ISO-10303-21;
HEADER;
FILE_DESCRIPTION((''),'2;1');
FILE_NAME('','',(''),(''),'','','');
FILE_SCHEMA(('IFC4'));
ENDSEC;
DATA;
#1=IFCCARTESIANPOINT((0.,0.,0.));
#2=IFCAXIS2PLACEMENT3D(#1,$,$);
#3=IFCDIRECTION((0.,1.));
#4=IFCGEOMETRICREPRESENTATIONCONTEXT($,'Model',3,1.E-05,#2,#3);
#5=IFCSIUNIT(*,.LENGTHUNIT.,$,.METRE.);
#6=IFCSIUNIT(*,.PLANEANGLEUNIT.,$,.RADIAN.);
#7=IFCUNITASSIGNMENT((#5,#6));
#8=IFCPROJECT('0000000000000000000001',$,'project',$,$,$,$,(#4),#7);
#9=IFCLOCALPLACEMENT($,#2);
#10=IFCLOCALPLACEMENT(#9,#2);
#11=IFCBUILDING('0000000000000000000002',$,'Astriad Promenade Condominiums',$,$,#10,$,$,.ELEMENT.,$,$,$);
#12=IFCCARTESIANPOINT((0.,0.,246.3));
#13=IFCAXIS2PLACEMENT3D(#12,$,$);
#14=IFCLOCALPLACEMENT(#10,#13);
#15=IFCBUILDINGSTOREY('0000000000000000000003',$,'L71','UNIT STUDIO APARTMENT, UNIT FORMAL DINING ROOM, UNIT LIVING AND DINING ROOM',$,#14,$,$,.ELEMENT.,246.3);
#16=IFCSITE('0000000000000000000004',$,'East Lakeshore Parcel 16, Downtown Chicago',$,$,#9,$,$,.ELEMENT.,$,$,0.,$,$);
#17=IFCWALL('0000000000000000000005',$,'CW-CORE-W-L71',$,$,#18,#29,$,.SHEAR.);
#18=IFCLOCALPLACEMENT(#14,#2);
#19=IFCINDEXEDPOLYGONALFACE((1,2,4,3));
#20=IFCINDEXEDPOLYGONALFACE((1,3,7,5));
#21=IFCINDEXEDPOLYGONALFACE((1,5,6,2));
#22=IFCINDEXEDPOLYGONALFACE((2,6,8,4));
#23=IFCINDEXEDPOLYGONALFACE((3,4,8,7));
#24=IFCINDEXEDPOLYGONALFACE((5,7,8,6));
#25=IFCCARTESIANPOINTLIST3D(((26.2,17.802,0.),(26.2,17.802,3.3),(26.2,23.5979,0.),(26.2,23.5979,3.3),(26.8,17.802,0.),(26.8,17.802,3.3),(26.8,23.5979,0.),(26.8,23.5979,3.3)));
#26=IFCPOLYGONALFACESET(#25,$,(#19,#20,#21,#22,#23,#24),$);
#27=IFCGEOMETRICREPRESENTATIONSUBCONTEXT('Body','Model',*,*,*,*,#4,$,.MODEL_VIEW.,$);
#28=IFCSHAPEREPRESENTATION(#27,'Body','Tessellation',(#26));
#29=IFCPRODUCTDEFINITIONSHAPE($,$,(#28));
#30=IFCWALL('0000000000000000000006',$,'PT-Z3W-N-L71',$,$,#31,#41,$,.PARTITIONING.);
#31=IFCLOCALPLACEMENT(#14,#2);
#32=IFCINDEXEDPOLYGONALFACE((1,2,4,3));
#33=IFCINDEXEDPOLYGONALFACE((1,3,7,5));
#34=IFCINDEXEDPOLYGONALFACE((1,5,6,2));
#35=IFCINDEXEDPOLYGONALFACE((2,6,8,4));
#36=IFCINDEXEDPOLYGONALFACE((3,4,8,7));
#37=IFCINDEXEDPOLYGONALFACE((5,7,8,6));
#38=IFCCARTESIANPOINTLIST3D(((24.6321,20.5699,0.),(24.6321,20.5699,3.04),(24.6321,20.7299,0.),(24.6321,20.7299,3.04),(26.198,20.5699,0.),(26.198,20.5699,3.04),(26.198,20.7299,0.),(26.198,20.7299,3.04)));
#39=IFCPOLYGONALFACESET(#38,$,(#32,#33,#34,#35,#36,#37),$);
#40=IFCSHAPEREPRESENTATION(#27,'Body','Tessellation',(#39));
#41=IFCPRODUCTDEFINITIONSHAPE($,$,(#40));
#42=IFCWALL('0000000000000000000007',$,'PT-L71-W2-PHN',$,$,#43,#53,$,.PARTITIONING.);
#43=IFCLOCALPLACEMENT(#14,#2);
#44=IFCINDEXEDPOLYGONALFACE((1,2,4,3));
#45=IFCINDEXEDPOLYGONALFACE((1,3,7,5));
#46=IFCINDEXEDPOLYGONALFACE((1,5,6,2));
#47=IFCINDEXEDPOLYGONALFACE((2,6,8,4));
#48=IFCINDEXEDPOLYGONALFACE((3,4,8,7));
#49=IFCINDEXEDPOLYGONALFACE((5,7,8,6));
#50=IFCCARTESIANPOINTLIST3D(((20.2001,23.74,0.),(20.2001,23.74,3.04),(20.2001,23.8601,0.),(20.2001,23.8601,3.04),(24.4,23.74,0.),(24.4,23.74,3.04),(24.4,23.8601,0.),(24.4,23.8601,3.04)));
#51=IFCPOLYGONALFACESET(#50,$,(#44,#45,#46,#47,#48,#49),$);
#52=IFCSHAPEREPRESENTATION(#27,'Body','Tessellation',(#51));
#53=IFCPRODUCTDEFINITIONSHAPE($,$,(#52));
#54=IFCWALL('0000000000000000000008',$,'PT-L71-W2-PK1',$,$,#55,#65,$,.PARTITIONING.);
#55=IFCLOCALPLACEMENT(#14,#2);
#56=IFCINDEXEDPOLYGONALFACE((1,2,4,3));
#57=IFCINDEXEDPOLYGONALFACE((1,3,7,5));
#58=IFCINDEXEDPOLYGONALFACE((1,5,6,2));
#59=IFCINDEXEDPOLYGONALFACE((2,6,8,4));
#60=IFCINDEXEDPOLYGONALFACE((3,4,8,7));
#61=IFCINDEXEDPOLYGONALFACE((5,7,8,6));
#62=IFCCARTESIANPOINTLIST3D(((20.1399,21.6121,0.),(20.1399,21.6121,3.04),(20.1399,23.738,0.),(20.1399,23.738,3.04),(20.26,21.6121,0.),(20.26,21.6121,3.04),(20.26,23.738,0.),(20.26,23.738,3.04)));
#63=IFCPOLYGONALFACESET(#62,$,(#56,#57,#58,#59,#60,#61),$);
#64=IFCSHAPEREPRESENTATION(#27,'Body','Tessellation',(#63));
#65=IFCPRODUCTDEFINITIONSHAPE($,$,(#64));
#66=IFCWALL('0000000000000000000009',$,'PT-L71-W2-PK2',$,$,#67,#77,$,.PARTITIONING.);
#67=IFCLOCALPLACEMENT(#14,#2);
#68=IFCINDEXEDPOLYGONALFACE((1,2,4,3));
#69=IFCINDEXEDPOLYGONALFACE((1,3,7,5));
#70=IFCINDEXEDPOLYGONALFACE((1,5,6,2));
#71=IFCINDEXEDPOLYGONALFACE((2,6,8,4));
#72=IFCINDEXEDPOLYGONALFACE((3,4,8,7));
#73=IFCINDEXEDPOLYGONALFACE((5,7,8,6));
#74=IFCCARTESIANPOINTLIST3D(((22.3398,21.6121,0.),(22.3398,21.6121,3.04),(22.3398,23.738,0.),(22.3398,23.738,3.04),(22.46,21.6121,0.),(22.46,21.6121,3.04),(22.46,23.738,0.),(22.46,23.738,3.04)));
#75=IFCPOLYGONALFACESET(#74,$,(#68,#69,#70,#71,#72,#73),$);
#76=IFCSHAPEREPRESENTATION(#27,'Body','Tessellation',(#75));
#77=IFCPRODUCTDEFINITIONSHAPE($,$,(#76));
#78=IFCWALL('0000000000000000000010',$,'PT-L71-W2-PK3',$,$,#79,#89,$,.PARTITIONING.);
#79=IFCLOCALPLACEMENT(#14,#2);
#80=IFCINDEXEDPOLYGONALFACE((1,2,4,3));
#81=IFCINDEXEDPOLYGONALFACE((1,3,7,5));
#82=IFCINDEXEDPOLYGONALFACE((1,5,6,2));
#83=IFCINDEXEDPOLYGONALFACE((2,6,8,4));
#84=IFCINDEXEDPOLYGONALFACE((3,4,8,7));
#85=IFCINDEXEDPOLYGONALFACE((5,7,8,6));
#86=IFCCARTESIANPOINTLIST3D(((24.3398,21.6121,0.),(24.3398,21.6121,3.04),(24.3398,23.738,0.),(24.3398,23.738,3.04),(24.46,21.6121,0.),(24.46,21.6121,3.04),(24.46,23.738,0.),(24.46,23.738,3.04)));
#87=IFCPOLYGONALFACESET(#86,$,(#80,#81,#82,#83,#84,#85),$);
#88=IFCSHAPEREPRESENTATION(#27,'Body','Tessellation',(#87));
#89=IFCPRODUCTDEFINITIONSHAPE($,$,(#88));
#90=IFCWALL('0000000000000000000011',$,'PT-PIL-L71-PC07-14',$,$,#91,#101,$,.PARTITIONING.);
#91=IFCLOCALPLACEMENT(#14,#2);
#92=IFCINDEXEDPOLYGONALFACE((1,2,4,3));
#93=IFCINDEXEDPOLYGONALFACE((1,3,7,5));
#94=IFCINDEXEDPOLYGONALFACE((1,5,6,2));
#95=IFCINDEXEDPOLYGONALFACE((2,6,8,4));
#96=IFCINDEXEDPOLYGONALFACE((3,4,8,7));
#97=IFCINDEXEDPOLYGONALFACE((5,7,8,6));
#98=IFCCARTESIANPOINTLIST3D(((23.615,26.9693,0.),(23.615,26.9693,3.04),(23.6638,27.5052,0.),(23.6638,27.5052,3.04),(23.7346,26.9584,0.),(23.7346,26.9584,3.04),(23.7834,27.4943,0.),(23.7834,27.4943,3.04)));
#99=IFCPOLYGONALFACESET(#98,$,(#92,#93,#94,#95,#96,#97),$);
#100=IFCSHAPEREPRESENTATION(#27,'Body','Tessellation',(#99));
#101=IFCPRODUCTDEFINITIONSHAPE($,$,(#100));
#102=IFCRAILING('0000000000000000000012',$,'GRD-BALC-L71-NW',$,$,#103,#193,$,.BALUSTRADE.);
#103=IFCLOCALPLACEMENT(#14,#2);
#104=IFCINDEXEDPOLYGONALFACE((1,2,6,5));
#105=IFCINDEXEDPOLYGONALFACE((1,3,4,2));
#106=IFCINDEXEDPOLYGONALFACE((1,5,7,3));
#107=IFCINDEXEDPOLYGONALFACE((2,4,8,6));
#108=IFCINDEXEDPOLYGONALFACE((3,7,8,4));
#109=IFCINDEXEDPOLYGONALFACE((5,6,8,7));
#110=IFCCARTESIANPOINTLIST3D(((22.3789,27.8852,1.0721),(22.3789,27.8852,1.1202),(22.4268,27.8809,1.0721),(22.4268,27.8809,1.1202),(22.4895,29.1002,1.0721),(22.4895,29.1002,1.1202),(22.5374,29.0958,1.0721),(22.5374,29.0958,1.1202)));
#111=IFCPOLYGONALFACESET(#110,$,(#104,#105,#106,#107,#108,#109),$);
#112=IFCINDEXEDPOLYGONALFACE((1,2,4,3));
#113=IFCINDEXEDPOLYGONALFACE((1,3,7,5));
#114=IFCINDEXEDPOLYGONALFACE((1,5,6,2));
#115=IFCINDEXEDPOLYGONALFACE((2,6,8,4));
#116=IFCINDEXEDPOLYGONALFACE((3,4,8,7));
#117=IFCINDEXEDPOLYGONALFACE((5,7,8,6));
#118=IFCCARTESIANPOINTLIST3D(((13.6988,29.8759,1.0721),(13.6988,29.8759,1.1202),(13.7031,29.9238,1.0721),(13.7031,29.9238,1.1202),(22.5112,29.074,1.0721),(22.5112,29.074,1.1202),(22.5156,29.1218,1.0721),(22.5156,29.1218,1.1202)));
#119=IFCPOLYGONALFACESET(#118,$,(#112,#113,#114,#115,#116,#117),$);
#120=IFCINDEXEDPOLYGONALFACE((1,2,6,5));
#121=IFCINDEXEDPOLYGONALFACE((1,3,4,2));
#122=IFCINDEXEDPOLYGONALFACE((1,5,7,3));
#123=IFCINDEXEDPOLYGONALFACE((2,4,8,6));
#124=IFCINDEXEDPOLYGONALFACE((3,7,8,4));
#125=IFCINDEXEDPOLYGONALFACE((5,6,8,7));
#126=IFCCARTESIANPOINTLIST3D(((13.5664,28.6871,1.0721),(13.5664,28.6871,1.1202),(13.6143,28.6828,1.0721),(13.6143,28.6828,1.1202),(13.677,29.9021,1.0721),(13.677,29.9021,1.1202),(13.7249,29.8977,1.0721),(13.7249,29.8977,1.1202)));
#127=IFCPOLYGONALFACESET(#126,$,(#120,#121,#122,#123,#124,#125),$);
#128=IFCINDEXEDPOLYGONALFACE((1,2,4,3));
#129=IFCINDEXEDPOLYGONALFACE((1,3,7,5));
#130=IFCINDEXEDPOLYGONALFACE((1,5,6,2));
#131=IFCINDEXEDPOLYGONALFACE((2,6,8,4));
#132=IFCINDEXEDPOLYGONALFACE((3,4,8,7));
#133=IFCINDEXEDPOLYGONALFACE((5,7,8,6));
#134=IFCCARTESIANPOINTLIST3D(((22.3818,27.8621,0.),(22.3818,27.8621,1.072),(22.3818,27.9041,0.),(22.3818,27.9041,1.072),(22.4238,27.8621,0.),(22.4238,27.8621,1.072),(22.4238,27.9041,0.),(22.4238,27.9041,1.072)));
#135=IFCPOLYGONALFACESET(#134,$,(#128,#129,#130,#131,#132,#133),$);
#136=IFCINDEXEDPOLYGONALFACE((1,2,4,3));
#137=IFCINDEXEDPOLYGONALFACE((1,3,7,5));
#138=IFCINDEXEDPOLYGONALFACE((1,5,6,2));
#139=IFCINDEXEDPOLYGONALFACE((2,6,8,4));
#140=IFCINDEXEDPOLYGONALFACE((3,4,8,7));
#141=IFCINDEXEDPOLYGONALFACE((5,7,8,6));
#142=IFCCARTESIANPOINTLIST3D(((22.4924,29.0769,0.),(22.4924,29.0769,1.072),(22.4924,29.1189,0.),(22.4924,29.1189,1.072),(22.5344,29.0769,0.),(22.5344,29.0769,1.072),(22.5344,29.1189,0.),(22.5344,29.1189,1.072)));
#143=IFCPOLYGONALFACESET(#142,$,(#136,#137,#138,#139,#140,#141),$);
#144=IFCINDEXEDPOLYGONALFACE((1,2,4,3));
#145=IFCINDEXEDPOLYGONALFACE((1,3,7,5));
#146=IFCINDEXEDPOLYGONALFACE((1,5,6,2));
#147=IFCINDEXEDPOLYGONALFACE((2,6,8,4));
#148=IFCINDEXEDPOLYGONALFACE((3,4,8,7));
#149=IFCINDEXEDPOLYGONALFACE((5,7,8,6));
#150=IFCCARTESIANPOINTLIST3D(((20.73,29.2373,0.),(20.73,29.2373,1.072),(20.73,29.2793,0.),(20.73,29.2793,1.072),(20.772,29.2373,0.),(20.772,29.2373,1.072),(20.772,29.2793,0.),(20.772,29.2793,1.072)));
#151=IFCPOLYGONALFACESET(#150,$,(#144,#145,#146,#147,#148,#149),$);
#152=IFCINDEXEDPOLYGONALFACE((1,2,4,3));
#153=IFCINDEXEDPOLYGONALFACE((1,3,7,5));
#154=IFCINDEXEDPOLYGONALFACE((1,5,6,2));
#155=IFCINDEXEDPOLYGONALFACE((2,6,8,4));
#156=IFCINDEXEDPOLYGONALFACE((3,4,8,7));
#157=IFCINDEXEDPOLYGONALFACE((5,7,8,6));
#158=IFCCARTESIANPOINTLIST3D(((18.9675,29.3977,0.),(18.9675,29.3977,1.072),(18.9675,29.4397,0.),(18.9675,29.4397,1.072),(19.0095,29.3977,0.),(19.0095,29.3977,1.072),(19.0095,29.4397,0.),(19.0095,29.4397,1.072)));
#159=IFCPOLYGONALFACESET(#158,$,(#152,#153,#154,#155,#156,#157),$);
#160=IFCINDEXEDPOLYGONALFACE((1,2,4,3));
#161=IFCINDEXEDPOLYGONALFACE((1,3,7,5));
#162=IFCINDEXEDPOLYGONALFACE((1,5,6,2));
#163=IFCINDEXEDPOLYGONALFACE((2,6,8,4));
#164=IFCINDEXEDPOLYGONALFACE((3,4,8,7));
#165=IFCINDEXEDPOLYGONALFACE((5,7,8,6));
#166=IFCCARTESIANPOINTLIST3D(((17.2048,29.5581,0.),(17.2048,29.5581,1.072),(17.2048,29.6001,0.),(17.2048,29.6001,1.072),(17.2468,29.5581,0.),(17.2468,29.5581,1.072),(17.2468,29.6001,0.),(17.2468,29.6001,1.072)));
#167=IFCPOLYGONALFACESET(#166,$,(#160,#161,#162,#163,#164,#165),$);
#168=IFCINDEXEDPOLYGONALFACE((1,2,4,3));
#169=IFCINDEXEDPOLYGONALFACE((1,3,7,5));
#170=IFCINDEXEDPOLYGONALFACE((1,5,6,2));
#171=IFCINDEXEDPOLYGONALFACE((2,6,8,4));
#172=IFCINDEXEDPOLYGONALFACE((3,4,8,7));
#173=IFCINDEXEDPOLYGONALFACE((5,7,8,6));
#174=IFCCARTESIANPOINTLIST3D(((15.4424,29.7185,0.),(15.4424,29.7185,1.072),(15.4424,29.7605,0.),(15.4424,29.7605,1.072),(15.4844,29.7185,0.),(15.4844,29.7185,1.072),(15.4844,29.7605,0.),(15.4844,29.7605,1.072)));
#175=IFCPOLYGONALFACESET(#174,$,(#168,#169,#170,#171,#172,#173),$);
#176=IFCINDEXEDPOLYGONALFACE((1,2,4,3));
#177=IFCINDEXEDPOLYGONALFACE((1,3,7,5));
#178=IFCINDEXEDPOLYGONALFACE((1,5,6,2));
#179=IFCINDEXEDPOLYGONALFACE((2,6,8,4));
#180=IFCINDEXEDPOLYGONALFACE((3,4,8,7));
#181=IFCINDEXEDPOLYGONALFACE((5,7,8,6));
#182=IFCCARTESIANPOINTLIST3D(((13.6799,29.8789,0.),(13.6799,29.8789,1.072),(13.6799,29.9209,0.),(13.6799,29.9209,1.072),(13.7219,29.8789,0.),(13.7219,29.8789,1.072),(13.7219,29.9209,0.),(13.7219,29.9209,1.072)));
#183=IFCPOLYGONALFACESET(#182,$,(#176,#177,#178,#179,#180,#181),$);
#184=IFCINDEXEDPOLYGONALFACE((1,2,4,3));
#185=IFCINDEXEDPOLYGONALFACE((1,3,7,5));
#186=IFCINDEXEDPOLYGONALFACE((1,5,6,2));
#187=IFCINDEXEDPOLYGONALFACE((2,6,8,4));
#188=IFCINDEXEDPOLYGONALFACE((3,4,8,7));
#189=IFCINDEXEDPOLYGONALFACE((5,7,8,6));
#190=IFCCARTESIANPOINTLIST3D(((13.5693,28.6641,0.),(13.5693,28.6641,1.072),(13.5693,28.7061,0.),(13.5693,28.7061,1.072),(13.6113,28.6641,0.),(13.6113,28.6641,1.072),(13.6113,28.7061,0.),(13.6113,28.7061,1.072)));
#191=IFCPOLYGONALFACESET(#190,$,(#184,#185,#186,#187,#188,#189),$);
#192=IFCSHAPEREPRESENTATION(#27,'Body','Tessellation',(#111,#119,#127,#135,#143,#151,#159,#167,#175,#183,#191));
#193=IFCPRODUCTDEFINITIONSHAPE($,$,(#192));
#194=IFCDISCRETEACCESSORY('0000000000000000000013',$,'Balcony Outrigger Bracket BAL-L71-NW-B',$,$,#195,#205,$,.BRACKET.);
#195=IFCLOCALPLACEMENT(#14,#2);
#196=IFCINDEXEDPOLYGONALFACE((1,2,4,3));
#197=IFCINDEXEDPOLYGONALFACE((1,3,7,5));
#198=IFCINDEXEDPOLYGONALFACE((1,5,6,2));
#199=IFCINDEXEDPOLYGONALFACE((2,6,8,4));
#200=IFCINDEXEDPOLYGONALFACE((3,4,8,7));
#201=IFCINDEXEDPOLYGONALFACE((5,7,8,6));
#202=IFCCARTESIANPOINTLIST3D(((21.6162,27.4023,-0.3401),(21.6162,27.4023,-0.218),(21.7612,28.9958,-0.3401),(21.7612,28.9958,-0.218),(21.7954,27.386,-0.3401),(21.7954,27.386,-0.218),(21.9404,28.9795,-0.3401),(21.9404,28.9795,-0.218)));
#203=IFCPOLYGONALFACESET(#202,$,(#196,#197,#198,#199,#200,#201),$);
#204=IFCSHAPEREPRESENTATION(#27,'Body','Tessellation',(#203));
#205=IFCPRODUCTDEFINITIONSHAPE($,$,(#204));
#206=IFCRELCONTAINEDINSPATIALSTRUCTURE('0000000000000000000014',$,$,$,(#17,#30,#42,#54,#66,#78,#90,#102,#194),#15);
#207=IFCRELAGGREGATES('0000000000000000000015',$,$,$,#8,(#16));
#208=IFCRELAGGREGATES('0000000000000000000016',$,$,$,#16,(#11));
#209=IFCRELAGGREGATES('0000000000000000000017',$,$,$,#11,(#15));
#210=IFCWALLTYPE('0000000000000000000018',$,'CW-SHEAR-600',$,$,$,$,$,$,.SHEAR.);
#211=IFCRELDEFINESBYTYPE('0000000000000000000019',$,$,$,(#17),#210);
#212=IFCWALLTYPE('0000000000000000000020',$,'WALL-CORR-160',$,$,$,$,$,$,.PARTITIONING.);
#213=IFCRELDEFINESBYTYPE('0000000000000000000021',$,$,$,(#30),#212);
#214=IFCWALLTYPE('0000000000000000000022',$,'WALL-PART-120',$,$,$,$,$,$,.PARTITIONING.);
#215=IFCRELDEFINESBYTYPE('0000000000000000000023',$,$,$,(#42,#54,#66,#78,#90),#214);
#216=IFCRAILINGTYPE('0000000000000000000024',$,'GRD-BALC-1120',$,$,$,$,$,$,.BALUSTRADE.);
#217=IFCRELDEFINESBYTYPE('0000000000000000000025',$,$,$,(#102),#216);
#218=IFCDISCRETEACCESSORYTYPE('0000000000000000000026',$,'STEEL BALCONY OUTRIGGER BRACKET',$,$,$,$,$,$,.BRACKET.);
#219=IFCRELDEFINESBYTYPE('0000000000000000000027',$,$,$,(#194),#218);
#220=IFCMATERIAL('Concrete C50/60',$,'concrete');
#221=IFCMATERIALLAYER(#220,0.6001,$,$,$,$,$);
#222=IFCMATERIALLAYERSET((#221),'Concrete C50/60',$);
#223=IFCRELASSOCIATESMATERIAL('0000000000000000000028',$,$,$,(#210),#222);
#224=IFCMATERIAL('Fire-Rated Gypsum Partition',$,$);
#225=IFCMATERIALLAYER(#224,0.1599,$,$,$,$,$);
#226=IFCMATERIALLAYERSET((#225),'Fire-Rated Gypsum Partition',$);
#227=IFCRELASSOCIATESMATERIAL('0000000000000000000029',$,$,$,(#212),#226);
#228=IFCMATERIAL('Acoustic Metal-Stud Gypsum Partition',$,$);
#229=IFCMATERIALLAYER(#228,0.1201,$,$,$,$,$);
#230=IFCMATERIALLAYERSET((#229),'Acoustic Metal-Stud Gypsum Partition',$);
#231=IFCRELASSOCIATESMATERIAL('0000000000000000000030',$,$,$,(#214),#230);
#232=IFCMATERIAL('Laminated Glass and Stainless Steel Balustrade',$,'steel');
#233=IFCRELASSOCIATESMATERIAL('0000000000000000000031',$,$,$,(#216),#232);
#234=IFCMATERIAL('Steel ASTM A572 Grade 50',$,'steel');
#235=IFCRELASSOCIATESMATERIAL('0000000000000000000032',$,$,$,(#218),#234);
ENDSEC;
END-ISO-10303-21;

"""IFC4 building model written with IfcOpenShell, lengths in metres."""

from ifc_helpers import new_model, si_unit, direction, frame, frame_2d, origin, origin_2d, place, context, subcontext, project, spatial, rectangle, extrude, source, transform, mapped, material, layer, layer_set, type_object, type_shapes, element, save


model = new_model("IFC4")

# Units and contexts
model_context = context("Model", 3, precision=1e-05, world=origin(), true_north=direction((0.0, 1.0)))
body_context = subcontext(model_context, "Body", "Model", "MODEL_VIEW")
ifc_project = project(units=[si_unit("LENGTHUNIT", "METRE"), si_unit("PLANEANGLEUNIT", "RADIAN")], contexts=[model_context])

# Site, building, storey
site_placement = place(None, origin())
site = spatial("IfcSite", under=ifc_project, at=site_placement, Name="East Lakeshore Parcel 16, Downtown Chicago", CompositionType="ELEMENT", RefElevation=0.0)
building_placement = place(site_placement, origin())
building = spatial("IfcBuilding", under=site, at=building_placement, Name="Astriad Promenade Condominiums", CompositionType="ELEMENT")
storey_placement = place(building_placement, frame((0.0, 0.0, 246.3)))
storey = spatial("IfcBuildingStorey", under=building, at=storey_placement, Name="L71", Description="UNIT STUDIO APARTMENT, UNIT FORMAL DINING ROOM, UNIT LIVING AND DINING ROOM", CompositionType="ELEMENT", Elevation=246.3)

# Shared definitions
ifc_material_1 = material(Name="Concrete C50/60", Category="concrete")

# Shared definitions
ifc_layer_1 = layer(ifc_material_1, 0.6001)
ifc_layer_set_1 = layer_set([ifc_layer_1], Name="Concrete C50/60")
wall_type_1 = type_object("IfcWallType", Name="CW-SHEAR-600", PredefinedType="SHEAR", material=ifc_layer_set_1)

# Walls
wall_1_placement = place(storey_placement, frame((26.5, 17.802, 0.0), z_axis=(0.0, 0.0, 1.0), x_axis=(0.0, 1.0, 0.0)))
element("IfcWall", 1, at=wall_1_placement, inside=storey, type_object=wall_type_1, Name="CW-CORE-W-L71", PredefinedType="SHEAR", context=body_context, shape_type="SweptSolid", body=[
    extrude(rectangle(XDim=5.7959, YDim=0.6001, at=frame_2d((2.8979, 0.0))), origin(), (0.0, 0.0, 1.0), 3.3),
])
ifc_material_2 = material(Name="Fire-Rated Gypsum Partition")
ifc_layer_2 = layer(ifc_material_2, 0.1599)
ifc_layer_set_2 = layer_set([ifc_layer_2], Name="Fire-Rated Gypsum Partition")
wall_type_2 = type_object("IfcWallType", Name="WALL-CORR-160", PredefinedType="PARTITIONING", material=ifc_layer_set_2)
wall_2_placement = place(storey_placement, frame((24.6321, 20.6499, 0.0), z_axis=(0.0, 0.0, 1.0), x_axis=(1.0, 0.0, 0.0)))
element("IfcWall", 2, at=wall_2_placement, inside=storey, type_object=wall_type_2, Name="PT-Z3W-N-L71", PredefinedType="PARTITIONING", context=body_context, shape_type="SweptSolid", body=[
    extrude(rectangle(XDim=1.5659, YDim=0.1599, at=frame_2d((0.783, 0.0))), origin(), (0.0, 0.0, 1.0), 3.04),
])
ifc_material_3 = material(Name="Acoustic Metal-Stud Gypsum Partition")
ifc_layer_3 = layer(ifc_material_3, 0.1201)
ifc_layer_set_3 = layer_set([ifc_layer_3], Name="Acoustic Metal-Stud Gypsum Partition")
wall_type_3 = type_object("IfcWallType", Name="WALL-PART-120", PredefinedType="PARTITIONING", material=ifc_layer_set_3)
wall_3_placement = place(storey_placement, frame((20.2, 23.8, 0.0), z_axis=(0.0, 0.0, 1.0), x_axis=(1.0, 0.0, 0.0)))
element("IfcWall", 3, at=wall_3_placement, inside=storey, type_object=wall_type_3, Name="PT-L71-W2-PHN", PredefinedType="PARTITIONING", context=body_context, shape_type="SweptSolid", body=[
    extrude(rectangle(XDim=4.2, YDim=0.1201, at=frame_2d((2.1001, 0.0))), origin(), (0.0, 0.0, 1.0), 3.04),
])
for number, where, z_axis, x_axis, name in (
    (4, (20.2, 21.6121, 0.0), (0.0, 0.0, 1.0), (0.0, 1.0, 0.0), "PT-L71-W2-PK1"),
    (5, (22.3999, 21.6121, 0.0), (0.0, 0.0, 1.0), (0.0, 1.0, 0.0), "PT-L71-W2-PK2"),
    (6, (24.3999, 21.6121, 0.0), (0.0, 0.0, 1.0), (0.0, 1.0, 0.0), "PT-L71-W2-PK3"),
):
    element("IfcWall", number, at=place(storey_placement, frame(where, z_axis=z_axis, x_axis=x_axis)), inside=storey, type_object=wall_type_3, Name=name, PredefinedType="PARTITIONING", context=body_context, shape_type="SweptSolid", body=[
        extrude(rectangle(XDim=2.126, YDim=0.1201, at=frame_2d((1.063, 0.0))), origin(), (0.0, 0.0, 1.0), 3.04),
    ])
wall_4_placement = place(storey_placement, frame((23.6748, 26.9639, 0.0), z_axis=(0.0, 0.0, 1.0), x_axis=(0.09074, 0.995875, 0.0)))
element("IfcWall", 7, at=wall_4_placement, inside=storey, type_object=wall_type_3, Name="PT-PIL-L71-PC07-14", PredefinedType="PARTITIONING", context=body_context, shape_type="SweptSolid", body=[
    extrude(rectangle(XDim=0.5381, YDim=0.1201, at=frame_2d((0.269, 0.0))), origin(), (0.0, 0.0, 1.0), 3.04),
])

# Railing
ifc_material_4 = material(Name="Laminated Glass and Stainless Steel Balustrade", Category="steel")
railing_type = type_object("IfcRailingType", Name="GRD-BALC-1120", PredefinedType="BALUSTRADE", material=ifc_material_4)
shared_shape_1 = source(origin(), body_context, "Body", "SweptSolid", [
    extrude(rectangle(XDim=0.0481, YDim=0.0481, at=origin_2d()), frame((0.0, 0.0, 1.0962), z_axis=(0.090662, 0.995882, 0.0), x_axis=(-0.995882, 0.090662, 0.0)), (0.0, 0.0, 1.0), 1.22),
    extrude(rectangle(XDim=0.0481, YDim=0.0481, at=origin_2d()), frame((0.1106, 1.2148, 1.0962), z_axis=(-0.995884, 0.090633, 0.0), x_axis=(-0.090633, -0.995884, 0.0)), (0.0, 0.0, 1.0), 8.8489),
    extrude(rectangle(XDim=0.0481, YDim=0.0481, at=origin_2d()), frame((-8.7019, 2.0168, 1.0962), z_axis=(-0.090662, -0.995882, 0.0), x_axis=(0.995882, -0.090662, 0.0)), (0.0, 0.0, 1.0), 1.22),
    extrude(rectangle(XDim=0.042, YDim=0.042, at=origin_2d()), origin(), (0.0, 0.0, 1.0), 1.072),
    extrude(rectangle(XDim=0.042, YDim=0.042, at=origin_2d()), frame((0.1106, 1.2148, 0.0)), (0.0, 0.0, 1.0), 1.072),
    extrude(rectangle(XDim=0.042, YDim=0.042, at=origin_2d()), frame((-1.6519, 1.3752, 0.0)), (0.0, 0.0, 1.0), 1.072),
    extrude(rectangle(XDim=0.042, YDim=0.042, at=origin_2d()), frame((-3.4143, 1.5356, 0.0)), (0.0, 0.0, 1.0), 1.072),
    extrude(rectangle(XDim=0.042, YDim=0.042, at=origin_2d()), frame((-5.177, 1.696, 0.0)), (0.0, 0.0, 1.0), 1.072),
    extrude(rectangle(XDim=0.042, YDim=0.042, at=origin_2d()), frame((-6.9395, 1.8564, 0.0)), (0.0, 0.0, 1.0), 1.072),
    extrude(rectangle(XDim=0.042, YDim=0.042, at=origin_2d()), frame((-8.7019, 2.0168, 0.0)), (0.0, 0.0, 1.0), 1.072),
    extrude(rectangle(XDim=0.042, YDim=0.042, at=origin_2d()), frame((-8.8125, 0.802, 0.0)), (0.0, 0.0, 1.0), 1.072),
])
type_shapes(railing_type, [shared_shape_1])
railing_placement = place(storey_placement, frame((22.4028, 27.8831, 0.0)))
element("IfcRailing", 8, at=railing_placement, inside=storey, type_object=railing_type, Name="GRD-BALC-L71-NW", PredefinedType="BALUSTRADE", context=body_context, shape_type="MappedRepresentation", body=[
    mapped(shared_shape_1, transform((0.0, 0.0, 0.0), scale=1.0)),
])

# Discrete accessory
ifc_material_5 = material(Name="Steel ASTM A572 Grade 50", Category="steel")
discrete_accessory_type = type_object("IfcDiscreteAccessoryType", Name="STEEL BALCONY OUTRIGGER BRACKET", PredefinedType="BRACKET", material=ifc_material_5)
shared_shape_2 = source(origin(), body_context, "Body", "SweptSolid", [
    extrude(rectangle(XDim=1.6001, YDim=0.1799, at=origin_2d()), origin(), (0.0, 0.0, 1.0), 0.1221),
])
type_shapes(discrete_accessory_type, [shared_shape_2])
discrete_accessory_placement = place(storey_placement, frame((21.7783, 28.1909, -0.3401), z_axis=(0.0, 0.0, 1.0), x_axis=(0.090633, 0.995884, 0.0)))
element("IfcDiscreteAccessory", 9, at=discrete_accessory_placement, inside=storey, type_object=discrete_accessory_type, Name="Balcony Outrigger Bracket BAL-L71-NW-B", PredefinedType="BRACKET", context=body_context, shape_type="MappedRepresentation", body=[
    mapped(shared_shape_2, transform((0.0, 0.0, 0.0), scale=1.0)),
])

save(model, "model.ifc")
